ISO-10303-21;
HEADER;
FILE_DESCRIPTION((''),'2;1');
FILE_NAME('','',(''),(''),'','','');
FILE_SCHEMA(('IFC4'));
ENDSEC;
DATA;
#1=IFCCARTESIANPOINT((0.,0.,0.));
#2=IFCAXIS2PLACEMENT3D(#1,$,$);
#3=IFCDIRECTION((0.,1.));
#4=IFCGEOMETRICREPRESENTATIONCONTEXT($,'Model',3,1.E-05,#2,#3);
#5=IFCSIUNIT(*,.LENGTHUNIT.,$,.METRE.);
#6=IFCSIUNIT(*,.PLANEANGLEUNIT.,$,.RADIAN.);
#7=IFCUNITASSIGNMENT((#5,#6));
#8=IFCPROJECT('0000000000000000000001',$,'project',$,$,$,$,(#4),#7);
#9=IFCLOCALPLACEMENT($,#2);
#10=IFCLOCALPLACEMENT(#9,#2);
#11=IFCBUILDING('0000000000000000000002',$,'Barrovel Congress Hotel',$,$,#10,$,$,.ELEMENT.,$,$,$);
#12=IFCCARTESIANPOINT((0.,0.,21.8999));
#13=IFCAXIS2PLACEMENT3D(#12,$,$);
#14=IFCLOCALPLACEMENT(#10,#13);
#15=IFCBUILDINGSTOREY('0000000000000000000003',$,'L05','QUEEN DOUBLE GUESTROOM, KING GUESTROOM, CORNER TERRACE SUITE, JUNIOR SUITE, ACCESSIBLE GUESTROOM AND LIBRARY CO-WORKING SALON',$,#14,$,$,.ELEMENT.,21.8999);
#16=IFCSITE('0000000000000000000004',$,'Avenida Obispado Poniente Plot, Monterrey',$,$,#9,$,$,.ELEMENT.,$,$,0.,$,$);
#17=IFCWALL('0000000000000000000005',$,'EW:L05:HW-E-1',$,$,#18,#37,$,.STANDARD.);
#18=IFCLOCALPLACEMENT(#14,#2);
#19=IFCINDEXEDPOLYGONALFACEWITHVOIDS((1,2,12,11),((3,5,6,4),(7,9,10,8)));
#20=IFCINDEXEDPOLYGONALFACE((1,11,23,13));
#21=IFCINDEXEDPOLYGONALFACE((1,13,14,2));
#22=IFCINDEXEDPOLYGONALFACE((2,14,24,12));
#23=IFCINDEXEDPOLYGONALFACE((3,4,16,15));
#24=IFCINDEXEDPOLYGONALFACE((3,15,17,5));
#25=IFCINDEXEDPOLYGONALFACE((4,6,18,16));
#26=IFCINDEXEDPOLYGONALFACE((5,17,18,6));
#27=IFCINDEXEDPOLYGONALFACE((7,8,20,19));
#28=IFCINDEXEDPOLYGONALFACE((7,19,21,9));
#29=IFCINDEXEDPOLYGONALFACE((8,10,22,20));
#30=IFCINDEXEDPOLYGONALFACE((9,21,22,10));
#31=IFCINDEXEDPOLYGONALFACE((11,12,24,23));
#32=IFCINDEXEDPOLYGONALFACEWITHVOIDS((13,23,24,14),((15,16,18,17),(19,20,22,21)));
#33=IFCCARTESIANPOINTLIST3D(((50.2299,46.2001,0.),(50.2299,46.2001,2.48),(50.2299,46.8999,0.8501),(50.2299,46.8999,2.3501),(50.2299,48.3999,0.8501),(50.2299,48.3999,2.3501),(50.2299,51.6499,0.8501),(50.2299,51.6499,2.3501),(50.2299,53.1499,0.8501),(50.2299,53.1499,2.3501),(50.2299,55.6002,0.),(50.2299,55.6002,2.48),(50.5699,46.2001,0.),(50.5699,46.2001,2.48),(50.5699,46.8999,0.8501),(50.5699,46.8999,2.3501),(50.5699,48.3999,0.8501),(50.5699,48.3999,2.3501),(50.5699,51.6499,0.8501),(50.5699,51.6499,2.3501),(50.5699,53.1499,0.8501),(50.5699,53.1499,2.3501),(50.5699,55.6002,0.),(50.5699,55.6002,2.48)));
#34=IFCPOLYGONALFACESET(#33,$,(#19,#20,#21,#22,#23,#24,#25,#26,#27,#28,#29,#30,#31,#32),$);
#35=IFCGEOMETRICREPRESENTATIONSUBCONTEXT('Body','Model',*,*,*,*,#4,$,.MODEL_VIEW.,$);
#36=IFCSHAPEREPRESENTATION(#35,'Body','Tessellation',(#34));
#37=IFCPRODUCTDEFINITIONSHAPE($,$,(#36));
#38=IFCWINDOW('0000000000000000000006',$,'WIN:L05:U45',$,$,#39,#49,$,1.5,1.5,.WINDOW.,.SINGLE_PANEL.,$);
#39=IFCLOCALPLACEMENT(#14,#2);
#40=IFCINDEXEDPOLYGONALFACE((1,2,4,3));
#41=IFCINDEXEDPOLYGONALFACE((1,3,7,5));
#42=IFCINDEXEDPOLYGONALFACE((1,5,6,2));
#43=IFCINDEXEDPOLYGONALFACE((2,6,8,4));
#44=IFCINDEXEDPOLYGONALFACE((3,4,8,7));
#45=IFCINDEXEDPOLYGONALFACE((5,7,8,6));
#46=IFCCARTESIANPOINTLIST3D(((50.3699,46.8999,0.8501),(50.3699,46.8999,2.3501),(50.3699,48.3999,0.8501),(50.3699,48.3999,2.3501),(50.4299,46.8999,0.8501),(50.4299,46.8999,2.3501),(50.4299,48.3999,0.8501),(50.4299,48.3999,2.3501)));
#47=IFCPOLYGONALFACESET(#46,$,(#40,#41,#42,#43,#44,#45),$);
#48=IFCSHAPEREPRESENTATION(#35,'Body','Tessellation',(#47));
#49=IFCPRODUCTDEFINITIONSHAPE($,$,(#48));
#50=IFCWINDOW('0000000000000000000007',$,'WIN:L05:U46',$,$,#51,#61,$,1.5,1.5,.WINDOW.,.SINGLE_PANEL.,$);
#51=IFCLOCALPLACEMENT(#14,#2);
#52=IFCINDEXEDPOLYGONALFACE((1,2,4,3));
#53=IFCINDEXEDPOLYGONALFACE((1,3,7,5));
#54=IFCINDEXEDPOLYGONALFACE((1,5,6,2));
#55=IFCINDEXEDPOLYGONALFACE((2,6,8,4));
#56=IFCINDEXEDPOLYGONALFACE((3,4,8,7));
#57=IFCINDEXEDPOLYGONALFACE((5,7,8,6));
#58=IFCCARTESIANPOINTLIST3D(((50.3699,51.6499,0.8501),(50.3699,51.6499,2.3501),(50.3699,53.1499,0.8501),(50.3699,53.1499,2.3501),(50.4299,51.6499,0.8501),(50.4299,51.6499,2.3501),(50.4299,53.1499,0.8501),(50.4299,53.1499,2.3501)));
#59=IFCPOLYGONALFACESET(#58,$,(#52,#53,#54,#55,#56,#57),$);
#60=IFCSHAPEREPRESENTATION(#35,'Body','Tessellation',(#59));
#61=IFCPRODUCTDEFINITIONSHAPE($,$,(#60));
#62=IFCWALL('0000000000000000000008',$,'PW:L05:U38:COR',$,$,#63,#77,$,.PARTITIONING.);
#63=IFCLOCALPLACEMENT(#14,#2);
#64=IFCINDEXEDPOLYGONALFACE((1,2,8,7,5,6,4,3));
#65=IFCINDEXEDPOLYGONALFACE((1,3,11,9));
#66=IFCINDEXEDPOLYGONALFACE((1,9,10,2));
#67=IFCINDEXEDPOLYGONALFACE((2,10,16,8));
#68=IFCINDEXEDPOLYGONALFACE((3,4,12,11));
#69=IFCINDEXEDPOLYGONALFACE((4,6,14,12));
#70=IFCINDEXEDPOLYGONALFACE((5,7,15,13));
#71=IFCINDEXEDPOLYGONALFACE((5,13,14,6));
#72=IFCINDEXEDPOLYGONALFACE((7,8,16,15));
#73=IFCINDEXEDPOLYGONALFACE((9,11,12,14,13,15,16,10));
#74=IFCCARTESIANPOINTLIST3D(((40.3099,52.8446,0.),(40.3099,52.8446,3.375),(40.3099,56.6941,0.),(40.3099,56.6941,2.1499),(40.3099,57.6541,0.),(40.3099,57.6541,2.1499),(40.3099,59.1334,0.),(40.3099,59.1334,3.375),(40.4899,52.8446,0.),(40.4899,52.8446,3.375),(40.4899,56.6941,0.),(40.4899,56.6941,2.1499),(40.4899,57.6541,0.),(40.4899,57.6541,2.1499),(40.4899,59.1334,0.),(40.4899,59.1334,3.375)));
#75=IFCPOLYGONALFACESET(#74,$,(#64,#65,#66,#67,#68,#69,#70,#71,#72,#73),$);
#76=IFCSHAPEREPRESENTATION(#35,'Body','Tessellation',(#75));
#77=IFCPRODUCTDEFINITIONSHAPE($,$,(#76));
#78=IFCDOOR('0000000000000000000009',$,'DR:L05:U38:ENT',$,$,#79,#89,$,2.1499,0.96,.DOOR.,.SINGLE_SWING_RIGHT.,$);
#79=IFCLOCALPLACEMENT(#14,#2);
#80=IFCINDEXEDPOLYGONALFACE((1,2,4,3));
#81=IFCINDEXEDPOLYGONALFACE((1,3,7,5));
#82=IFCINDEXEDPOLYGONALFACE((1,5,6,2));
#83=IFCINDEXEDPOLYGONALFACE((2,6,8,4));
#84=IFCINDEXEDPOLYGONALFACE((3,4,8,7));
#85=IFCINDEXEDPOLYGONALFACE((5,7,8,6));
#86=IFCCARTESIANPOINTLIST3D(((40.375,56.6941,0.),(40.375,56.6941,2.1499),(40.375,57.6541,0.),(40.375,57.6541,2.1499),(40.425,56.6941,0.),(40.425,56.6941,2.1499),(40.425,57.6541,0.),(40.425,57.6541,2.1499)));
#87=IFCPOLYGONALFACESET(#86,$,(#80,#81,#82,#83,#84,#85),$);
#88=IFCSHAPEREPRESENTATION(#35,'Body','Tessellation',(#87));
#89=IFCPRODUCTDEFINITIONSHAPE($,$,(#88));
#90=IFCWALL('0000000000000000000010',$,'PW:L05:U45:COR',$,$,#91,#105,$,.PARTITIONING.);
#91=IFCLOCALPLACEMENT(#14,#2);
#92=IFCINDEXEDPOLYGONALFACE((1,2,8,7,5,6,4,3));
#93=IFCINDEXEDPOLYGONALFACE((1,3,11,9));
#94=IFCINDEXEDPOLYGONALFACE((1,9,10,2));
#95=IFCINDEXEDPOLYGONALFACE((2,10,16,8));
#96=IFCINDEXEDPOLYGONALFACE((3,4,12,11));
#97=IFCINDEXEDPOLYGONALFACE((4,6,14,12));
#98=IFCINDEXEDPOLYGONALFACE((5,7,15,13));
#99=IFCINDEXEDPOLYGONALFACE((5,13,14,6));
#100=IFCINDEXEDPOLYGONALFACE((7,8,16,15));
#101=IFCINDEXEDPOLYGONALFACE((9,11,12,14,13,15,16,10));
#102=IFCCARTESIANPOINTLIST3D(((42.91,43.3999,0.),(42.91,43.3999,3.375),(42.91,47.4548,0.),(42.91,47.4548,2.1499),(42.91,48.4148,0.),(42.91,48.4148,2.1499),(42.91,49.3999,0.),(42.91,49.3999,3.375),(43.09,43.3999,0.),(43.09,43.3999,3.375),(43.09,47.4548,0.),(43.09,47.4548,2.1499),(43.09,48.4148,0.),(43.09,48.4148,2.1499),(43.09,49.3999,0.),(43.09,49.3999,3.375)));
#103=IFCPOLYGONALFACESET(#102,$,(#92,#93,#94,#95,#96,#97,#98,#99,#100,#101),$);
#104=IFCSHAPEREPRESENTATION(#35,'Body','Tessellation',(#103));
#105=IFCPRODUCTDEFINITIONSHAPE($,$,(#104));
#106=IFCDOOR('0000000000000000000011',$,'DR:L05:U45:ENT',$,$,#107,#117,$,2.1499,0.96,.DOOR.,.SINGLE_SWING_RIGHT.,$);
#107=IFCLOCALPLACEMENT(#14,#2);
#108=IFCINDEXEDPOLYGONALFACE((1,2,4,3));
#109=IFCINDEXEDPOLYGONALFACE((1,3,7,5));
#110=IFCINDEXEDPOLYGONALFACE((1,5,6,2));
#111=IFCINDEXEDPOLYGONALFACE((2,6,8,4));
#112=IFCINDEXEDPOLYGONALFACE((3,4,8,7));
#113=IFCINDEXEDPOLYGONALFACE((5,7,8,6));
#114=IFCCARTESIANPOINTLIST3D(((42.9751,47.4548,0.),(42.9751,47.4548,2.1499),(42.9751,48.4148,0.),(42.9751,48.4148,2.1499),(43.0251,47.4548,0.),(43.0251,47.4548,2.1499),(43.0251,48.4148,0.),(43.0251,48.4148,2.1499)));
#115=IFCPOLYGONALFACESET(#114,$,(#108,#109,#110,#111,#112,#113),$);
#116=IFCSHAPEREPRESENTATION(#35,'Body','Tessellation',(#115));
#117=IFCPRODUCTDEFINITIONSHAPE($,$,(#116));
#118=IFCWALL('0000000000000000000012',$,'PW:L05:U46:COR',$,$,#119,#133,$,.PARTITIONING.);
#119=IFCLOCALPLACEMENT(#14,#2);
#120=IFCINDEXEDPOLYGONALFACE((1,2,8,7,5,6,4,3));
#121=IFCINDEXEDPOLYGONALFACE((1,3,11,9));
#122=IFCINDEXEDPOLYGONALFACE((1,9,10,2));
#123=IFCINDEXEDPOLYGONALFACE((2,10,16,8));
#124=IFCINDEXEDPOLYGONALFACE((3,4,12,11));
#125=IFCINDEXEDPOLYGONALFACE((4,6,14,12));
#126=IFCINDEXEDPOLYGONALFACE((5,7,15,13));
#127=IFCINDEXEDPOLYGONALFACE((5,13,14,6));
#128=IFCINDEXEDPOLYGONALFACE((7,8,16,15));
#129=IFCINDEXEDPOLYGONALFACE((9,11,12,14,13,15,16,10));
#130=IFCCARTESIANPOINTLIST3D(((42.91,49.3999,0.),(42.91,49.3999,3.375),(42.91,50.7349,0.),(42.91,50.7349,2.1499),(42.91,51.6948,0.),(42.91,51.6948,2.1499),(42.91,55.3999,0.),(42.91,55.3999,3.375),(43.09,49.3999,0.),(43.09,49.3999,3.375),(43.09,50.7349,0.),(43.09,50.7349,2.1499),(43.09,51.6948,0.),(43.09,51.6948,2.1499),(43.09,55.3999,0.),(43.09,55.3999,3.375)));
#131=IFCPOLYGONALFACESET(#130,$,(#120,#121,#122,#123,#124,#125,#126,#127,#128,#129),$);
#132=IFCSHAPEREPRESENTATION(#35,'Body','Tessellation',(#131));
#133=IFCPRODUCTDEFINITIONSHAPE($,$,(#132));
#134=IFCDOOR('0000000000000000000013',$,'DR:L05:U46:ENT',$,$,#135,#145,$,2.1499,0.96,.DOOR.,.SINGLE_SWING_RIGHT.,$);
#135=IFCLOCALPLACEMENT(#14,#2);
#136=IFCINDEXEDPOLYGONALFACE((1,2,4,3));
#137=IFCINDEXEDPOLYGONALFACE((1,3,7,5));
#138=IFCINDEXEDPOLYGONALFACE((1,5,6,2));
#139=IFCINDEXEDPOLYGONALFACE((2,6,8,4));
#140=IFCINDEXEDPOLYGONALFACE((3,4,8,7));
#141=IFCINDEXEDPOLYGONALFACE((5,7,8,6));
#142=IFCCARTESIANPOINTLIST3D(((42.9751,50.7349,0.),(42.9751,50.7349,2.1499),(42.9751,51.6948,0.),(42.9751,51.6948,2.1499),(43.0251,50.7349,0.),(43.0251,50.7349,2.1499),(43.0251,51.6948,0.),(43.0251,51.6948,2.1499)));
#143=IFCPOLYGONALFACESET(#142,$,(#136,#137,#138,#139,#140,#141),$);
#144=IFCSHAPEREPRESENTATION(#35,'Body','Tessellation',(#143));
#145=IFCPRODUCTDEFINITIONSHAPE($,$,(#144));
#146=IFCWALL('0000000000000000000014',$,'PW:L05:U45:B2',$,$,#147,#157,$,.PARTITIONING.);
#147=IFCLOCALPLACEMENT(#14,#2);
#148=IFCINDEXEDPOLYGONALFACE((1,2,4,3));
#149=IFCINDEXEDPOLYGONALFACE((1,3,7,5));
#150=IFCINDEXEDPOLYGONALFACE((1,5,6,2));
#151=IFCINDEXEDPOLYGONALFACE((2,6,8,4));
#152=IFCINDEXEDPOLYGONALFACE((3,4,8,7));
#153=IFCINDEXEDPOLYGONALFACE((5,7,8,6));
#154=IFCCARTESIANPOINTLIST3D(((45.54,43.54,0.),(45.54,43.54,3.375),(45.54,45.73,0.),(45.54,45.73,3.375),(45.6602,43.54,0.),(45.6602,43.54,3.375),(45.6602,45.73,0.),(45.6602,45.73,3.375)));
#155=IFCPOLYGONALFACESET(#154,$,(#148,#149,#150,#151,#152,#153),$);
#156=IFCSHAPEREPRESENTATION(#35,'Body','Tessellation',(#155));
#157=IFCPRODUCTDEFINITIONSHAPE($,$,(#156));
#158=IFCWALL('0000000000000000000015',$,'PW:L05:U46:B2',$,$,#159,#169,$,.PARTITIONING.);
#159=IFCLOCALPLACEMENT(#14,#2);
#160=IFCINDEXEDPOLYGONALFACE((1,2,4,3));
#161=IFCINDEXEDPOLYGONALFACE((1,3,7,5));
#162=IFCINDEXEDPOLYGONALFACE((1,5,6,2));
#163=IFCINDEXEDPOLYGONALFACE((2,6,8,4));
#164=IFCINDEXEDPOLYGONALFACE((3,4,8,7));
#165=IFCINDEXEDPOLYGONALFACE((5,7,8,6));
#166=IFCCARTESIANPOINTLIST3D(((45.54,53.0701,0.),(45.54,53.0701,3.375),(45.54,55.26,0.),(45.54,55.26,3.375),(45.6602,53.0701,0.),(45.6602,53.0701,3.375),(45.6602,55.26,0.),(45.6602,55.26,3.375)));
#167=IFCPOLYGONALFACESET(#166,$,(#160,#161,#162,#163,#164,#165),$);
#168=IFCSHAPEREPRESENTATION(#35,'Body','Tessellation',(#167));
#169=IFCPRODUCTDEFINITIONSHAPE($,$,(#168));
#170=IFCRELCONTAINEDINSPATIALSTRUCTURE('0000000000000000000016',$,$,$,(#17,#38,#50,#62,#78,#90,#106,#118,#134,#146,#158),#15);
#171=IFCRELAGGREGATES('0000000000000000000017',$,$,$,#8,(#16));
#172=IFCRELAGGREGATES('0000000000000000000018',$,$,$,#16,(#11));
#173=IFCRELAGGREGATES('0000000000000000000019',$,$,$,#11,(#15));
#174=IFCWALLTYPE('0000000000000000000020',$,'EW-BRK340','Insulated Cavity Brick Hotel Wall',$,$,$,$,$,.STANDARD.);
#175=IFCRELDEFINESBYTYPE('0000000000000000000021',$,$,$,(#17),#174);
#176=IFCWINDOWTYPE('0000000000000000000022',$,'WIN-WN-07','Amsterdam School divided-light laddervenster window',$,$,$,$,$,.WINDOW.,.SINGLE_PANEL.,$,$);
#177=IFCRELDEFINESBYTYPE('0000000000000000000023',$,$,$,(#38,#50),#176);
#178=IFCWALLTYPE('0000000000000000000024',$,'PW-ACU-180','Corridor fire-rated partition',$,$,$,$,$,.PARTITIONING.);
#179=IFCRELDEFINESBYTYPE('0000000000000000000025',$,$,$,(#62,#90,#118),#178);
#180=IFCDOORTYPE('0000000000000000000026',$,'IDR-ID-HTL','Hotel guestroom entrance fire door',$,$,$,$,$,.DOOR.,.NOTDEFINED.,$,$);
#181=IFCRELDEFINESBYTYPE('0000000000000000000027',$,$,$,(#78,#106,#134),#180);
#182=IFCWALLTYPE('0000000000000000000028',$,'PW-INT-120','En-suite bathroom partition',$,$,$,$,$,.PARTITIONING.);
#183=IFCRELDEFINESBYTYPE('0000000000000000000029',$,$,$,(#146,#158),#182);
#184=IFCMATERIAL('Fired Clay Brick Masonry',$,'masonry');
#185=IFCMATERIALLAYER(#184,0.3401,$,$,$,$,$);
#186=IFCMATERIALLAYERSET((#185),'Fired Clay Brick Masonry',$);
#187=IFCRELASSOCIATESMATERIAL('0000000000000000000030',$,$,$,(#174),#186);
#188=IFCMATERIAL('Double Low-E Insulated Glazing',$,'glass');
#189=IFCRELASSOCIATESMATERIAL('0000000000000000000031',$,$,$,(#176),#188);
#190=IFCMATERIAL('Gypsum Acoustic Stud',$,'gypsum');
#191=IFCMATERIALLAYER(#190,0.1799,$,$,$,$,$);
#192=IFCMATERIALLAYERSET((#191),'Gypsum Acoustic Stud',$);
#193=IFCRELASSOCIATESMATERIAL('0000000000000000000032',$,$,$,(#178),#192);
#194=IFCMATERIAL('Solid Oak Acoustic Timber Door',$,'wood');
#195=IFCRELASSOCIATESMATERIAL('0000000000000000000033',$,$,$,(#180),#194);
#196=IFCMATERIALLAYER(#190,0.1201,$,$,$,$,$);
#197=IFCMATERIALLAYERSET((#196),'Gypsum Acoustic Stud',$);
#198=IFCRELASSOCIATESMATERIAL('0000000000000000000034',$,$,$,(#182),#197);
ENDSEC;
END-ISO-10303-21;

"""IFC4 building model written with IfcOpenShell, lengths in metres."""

from ifc_helpers import new_model, si_unit, direction, frame, frame_2d, origin, place, context, subcontext, project, spatial, rectangle, extrude, material, layer, layer_set, type_object, element, fill, save


model = new_model("IFC4")

# Units and contexts
model_context = context("Model", 3, precision=1e-05, world=origin(), true_north=direction((0.0, 1.0)))
body_context = subcontext(model_context, "Body", "Model", "MODEL_VIEW")
ifc_project = project(units=[si_unit("LENGTHUNIT", "METRE"), si_unit("PLANEANGLEUNIT", "RADIAN")], contexts=[model_context])

# Site, building, storey
site_placement = place(None, origin())
site = spatial("IfcSite", under=ifc_project, at=site_placement, Name="Avenida Obispado Poniente Plot, Monterrey", CompositionType="ELEMENT", RefElevation=0.0)
building_placement = place(site_placement, origin())
building = spatial("IfcBuilding", under=site, at=building_placement, Name="Barrovel Congress Hotel", CompositionType="ELEMENT")
storey_placement = place(building_placement, frame((0.0, 0.0, 21.8999)))
storey = spatial("IfcBuildingStorey", under=building, at=storey_placement, Name="L05", Description="QUEEN DOUBLE GUESTROOM, KING GUESTROOM, CORNER TERRACE SUITE, JUNIOR SUITE, ACCESSIBLE GUESTROOM AND LIBRARY CO-WORKING SALON", CompositionType="ELEMENT", Elevation=21.8999)

# Wall, openings, windows
ifc_material_1 = material(Name="Fired Clay Brick Masonry", Category="masonry")
ifc_layer_1 = layer(ifc_material_1, 0.3401)
ifc_layer_set_1 = layer_set([ifc_layer_1], Name="Fired Clay Brick Masonry")
wall_type_1 = type_object("IfcWallType", Name="EW-BRK340", Description="Insulated Cavity Brick Hotel Wall", PredefinedType="STANDARD", material=ifc_layer_set_1)
wall_1_placement = place(storey_placement, frame((50.3999, 46.2, 0.0), z_axis=(0.0, 0.0, 1.0), x_axis=(0.0, 1.0, 0.0)))
wall_1 = element("IfcWall", 1, at=wall_1_placement, inside=storey, type_object=wall_type_1, Name="EW:L05:HW-E-1", PredefinedType="STANDARD", context=body_context, shape_type="SweptSolid", body=[
    extrude(rectangle(XDim=9.4001, YDim=0.3401, at=frame_2d((4.7002, 0.0))), origin(), (0.0, 0.0, 1.0), 2.48),
])
opening_1_placement = place(wall_1_placement, frame((0.7, 0.0, 0.8501)))
opening_1 = element("IfcOpeningElement", 2, at=opening_1_placement, cuts=wall_1, PredefinedType="OPENING", context=body_context, shape_type="SweptSolid", body=[
    extrude(rectangle(XDim=1.5, YDim=1.5, at=frame_2d((0.75, 0.75))), frame((0.0, 0.1802, 0.0), z_axis=(0.0, -1.0, 0.0), x_axis=(1.0, 0.0, 0.0)), (0.0, 0.0, 1.0), 0.3601),
])
opening_2_placement = place(wall_1_placement, frame((5.45, 0.0, 0.8501)))
opening_2 = element("IfcOpeningElement", 3, at=opening_2_placement, cuts=wall_1, PredefinedType="OPENING", context=body_context, shape_type="SweptSolid", body=[
    extrude(rectangle(XDim=1.5, YDim=1.5, at=frame_2d((0.75, 0.75))), frame((0.0, 0.1802, 0.0), z_axis=(0.0, -1.0, 0.0), x_axis=(1.0, 0.0, 0.0)), (0.0, 0.0, 1.0), 0.3601),
])
ifc_material_2 = material(Name="Double Low-E Insulated Glazing", Category="glass")
window_type = type_object("IfcWindowType", Name="WIN-WN-07", Description="Amsterdam School divided-light laddervenster window", PartitioningType="SINGLE_PANEL", PredefinedType="WINDOW", material=ifc_material_2)
window_1_placement = place(opening_1_placement, origin())
window_1 = element("IfcWindow", 4, at=window_1_placement, inside=storey, type_object=window_type, Name="WIN:L05:U45", OverallHeight=1.5, OverallWidth=1.5, PartitioningType="SINGLE_PANEL", PredefinedType="WINDOW", context=body_context, shape_type="SweptSolid", body=[
    extrude(rectangle(XDim=1.5, YDim=1.5, at=frame_2d((0.75, 0.75))), frame((0.0, 0.03, 0.0), z_axis=(0.0, -1.0, 0.0), x_axis=(1.0, 0.0, 0.0)), (0.0, 0.0, 1.0), 0.0601),
])
fill(opening_1, window_1)
window_2_placement = place(opening_2_placement, origin())
window_2 = element("IfcWindow", 5, at=window_2_placement, inside=storey, type_object=window_type, Name="WIN:L05:U46", OverallHeight=1.5, OverallWidth=1.5, PartitioningType="SINGLE_PANEL", PredefinedType="WINDOW", context=body_context, shape_type="SweptSolid", body=[
    extrude(rectangle(XDim=1.5, YDim=1.5, at=frame_2d((0.75, 0.75))), frame((0.0, 0.03, 0.0), z_axis=(0.0, -1.0, 0.0), x_axis=(1.0, 0.0, 0.0)), (0.0, 0.0, 1.0), 0.0601),
])
fill(opening_2, window_2)

# Walls, openings, doors
ifc_material_3 = material(Name="Gypsum Acoustic Stud", Category="gypsum")
ifc_layer_2 = layer(ifc_material_3, 0.1799)
ifc_layer_set_2 = layer_set([ifc_layer_2], Name="Gypsum Acoustic Stud")
wall_type_2 = type_object("IfcWallType", Name="PW-ACU-180", Description="Corridor fire-rated partition", PredefinedType="PARTITIONING", material=ifc_layer_set_2)
wall_2_placement = place(storey_placement, frame((40.3999, 52.8445, 0.0), z_axis=(0.0, 0.0, 1.0), x_axis=(0.0, 1.0, 0.0)))
wall_2 = element("IfcWall", 6, at=wall_2_placement, inside=storey, type_object=wall_type_2, Name="PW:L05:U38:COR", PredefinedType="PARTITIONING", context=body_context, shape_type="SweptSolid", body=[
    extrude(rectangle(XDim=6.2888, YDim=0.1799, at=frame_2d((3.1445, 0.0))), origin(), (0.0, 0.0, 1.0), 3.375),
])
opening_3_placement = place(wall_2_placement, frame((3.8496, 0.0, 0.0)))
opening_3 = element("IfcOpeningElement", 7, at=opening_3_placement, cuts=wall_2, PredefinedType="OPENING", context=body_context, shape_type="SweptSolid", body=[
    extrude(rectangle(XDim=0.96, YDim=2.1499, at=frame_2d((0.48, 1.075))), frame((0.0, 0.1001, 0.0), z_axis=(0.0, -1.0, 0.0), x_axis=(1.0, 0.0, 0.0)), (0.0, 0.0, 1.0), 0.2),
])
ifc_material_4 = material(Name="Solid Oak Acoustic Timber Door", Category="wood")
door_type_1 = type_object("IfcDoorType", Name="IDR-ID-HTL", Description="Hotel guestroom entrance fire door", OperationType="NOTDEFINED", PredefinedType="DOOR", material=ifc_material_4)
door_1_placement = place(opening_3_placement, origin())
door_1 = element("IfcDoor", 8, at=door_1_placement, inside=storey, type_object=door_type_1, Name="DR:L05:U38:ENT", OperationType="SINGLE_SWING_RIGHT", OverallHeight=2.1499, OverallWidth=0.96, PredefinedType="DOOR", context=body_context, shape_type="SweptSolid", body=[
    extrude(rectangle(XDim=0.96, YDim=2.1499, at=frame_2d((0.48, 1.075))), frame((0.0, 0.0249, 0.0), z_axis=(0.0, -1.0, 0.0), x_axis=(1.0, 0.0, 0.0)), (0.0, 0.0, 1.0), 0.05),
])
fill(opening_3, door_1)
wall_3_placement = place(storey_placement, frame((43.0, 43.3999, 0.0), z_axis=(0.0, 0.0, 1.0), x_axis=(0.0, 1.0, 0.0)))
wall_3 = element("IfcWall", 9, at=wall_3_placement, inside=storey, type_object=wall_type_2, Name="PW:L05:U45:COR", PredefinedType="PARTITIONING", context=body_context, shape_type="SweptSolid", body=[
    extrude(rectangle(XDim=6.0, YDim=0.1799, at=frame_2d((3.0, 0.0))), origin(), (0.0, 0.0, 1.0), 3.375),
])
opening_4_placement = place(wall_3_placement, frame((4.0549, 0.0, 0.0)))
opening_4 = element("IfcOpeningElement", 10, at=opening_4_placement, cuts=wall_3, PredefinedType="OPENING", context=body_context, shape_type="SweptSolid", body=[
    extrude(rectangle(XDim=0.96, YDim=2.1499, at=frame_2d((0.48, 1.075))), frame((0.0, 0.1001, 0.0), z_axis=(0.0, -1.0, 0.0), x_axis=(1.0, 0.0, 0.0)), (0.0, 0.0, 1.0), 0.2),
])
door_2_placement = place(opening_4_placement, origin())
door_2 = element("IfcDoor", 11, at=door_2_placement, inside=storey, type_object=door_type_1, Name="DR:L05:U45:ENT", OperationType="SINGLE_SWING_RIGHT", OverallHeight=2.1499, OverallWidth=0.96, PredefinedType="DOOR", context=body_context, shape_type="SweptSolid", body=[
    extrude(rectangle(XDim=0.96, YDim=2.1499, at=frame_2d((0.48, 1.075))), frame((0.0, 0.0249, 0.0), z_axis=(0.0, -1.0, 0.0), x_axis=(1.0, 0.0, 0.0)), (0.0, 0.0, 1.0), 0.05),
])
fill(opening_4, door_2)
wall_4_placement = place(storey_placement, frame((43.0, 49.3999, 0.0), z_axis=(0.0, 0.0, 1.0), x_axis=(0.0, 1.0, 0.0)))
wall_4 = element("IfcWall", 12, at=wall_4_placement, inside=storey, type_object=wall_type_2, Name="PW:L05:U46:COR", PredefinedType="PARTITIONING", context=body_context, shape_type="SweptSolid", body=[
    extrude(rectangle(XDim=6.0, YDim=0.1799, at=frame_2d((3.0, 0.0))), origin(), (0.0, 0.0, 1.0), 3.375),
])
opening_5_placement = place(wall_4_placement, frame((1.335, 0.0, 0.0)))
opening_5 = element("IfcOpeningElement", 13, at=opening_5_placement, cuts=wall_4, PredefinedType="OPENING", context=body_context, shape_type="SweptSolid", body=[
    extrude(rectangle(XDim=0.96, YDim=2.1499, at=frame_2d((0.48, 1.075))), frame((0.0, 0.1001, 0.0), z_axis=(0.0, -1.0, 0.0), x_axis=(1.0, 0.0, 0.0)), (0.0, 0.0, 1.0), 0.2),
])
door_3_placement = place(opening_5_placement, origin())
door_3 = element("IfcDoor", 14, at=door_3_placement, inside=storey, type_object=door_type_1, Name="DR:L05:U46:ENT", OperationType="SINGLE_SWING_RIGHT", OverallHeight=2.1499, OverallWidth=0.96, PredefinedType="DOOR", context=body_context, shape_type="SweptSolid", body=[
    extrude(rectangle(XDim=0.96, YDim=2.1499, at=frame_2d((0.48, 1.075))), frame((0.0, 0.0249, 0.0), z_axis=(0.0, -1.0, 0.0), x_axis=(1.0, 0.0, 0.0)), (0.0, 0.0, 1.0), 0.05),
])
fill(opening_5, door_3)

# Walls
ifc_layer_3 = layer(ifc_material_3, 0.1201)
ifc_layer_set_3 = layer_set([ifc_layer_3], Name="Gypsum Acoustic Stud")
wall_type_3 = type_object("IfcWallType", Name="PW-INT-120", Description="En-suite bathroom partition", PredefinedType="PARTITIONING", material=ifc_layer_set_3)
for number, where, z_axis, x_axis, name in (
    (15, (45.6001, 43.54, 0.0), (0.0, 0.0, 1.0), (0.0, 1.0, 0.0), "PW:L05:U45:B2"),
    (16, (45.6001, 53.0701, 0.0), (0.0, 0.0, 1.0), (0.0, 1.0, 0.0), "PW:L05:U46:B2"),
):
    element("IfcWall", number, at=place(storey_placement, frame(where, z_axis=z_axis, x_axis=x_axis)), inside=storey, type_object=wall_type_3, Name=name, PredefinedType="PARTITIONING", context=body_context, shape_type="SweptSolid", body=[
        extrude(rectangle(XDim=2.1899, YDim=0.1201, at=frame_2d((1.095, 0.0))), origin(), (0.0, 0.0, 1.0), 3.375),
    ])

save(model, "model.ifc")
